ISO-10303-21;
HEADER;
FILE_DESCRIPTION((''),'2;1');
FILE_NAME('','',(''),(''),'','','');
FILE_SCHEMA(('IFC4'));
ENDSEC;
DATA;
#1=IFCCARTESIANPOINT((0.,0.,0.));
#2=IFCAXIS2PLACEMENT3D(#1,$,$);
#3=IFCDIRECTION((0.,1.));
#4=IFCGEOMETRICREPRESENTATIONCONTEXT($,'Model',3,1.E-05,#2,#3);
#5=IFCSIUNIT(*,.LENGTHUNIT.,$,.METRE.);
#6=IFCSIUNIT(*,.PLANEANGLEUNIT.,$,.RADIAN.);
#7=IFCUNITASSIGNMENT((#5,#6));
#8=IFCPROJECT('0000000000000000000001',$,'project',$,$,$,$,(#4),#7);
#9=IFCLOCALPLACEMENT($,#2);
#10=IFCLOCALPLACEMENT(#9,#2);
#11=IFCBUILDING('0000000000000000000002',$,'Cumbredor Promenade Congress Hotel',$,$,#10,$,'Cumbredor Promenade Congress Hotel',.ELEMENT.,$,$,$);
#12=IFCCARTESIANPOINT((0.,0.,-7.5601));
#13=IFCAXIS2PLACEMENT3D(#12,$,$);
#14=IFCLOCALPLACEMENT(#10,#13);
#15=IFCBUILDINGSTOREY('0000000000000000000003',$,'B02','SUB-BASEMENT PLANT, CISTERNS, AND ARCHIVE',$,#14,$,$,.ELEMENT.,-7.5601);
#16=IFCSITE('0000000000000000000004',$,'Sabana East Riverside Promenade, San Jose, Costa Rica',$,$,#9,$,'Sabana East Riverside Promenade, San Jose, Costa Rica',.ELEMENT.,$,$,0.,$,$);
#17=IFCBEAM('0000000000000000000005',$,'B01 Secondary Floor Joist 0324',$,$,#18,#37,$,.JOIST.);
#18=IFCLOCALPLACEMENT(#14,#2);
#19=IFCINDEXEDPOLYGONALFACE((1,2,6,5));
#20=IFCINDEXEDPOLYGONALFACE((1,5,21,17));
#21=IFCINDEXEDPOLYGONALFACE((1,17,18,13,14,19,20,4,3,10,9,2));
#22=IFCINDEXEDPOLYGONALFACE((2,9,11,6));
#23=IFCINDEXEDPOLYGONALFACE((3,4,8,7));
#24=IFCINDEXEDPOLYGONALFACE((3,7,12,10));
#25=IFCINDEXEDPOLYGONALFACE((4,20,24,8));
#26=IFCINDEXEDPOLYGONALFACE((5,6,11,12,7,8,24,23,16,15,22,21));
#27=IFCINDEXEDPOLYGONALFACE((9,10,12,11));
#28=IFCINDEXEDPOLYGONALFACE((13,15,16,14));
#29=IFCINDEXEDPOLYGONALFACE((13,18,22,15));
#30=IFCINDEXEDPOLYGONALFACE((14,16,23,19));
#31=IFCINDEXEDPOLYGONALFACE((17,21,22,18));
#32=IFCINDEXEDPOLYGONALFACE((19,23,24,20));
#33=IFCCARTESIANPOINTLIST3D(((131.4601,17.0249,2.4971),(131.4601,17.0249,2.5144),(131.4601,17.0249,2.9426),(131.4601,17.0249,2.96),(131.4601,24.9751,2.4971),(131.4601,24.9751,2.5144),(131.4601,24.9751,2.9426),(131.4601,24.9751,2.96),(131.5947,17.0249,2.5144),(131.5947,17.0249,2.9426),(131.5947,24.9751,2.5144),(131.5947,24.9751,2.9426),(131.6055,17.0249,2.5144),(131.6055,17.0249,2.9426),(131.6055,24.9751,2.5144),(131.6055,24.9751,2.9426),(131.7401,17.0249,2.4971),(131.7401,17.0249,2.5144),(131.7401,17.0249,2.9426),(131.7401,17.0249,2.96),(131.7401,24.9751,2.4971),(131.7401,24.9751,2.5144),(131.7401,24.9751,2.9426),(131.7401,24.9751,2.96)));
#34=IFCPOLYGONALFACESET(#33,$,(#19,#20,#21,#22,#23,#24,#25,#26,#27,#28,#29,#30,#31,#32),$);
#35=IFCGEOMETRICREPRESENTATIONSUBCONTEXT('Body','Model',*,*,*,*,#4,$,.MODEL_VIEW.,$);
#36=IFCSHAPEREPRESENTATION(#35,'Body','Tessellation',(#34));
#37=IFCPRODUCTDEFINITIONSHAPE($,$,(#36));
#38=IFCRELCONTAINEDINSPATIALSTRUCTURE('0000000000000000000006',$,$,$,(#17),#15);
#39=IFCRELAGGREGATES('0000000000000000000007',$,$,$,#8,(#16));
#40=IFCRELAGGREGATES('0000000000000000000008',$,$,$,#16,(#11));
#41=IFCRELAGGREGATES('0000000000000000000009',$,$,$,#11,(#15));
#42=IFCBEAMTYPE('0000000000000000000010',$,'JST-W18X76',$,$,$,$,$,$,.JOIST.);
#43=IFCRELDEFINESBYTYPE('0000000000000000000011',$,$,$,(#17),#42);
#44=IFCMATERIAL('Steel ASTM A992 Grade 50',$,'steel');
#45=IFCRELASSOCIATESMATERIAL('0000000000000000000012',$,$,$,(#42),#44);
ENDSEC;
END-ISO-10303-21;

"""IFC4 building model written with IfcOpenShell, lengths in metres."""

from ifc_helpers import new_model, si_unit, direction, frame, origin, origin_2d, place, context, subcontext, project, spatial, i_section, extrude, material, material_profile, profile_set, type_object, element, save


model = new_model("IFC4")

# Units and contexts
model_context = context("Model", 3, precision=1e-05, world=origin(), true_north=direction((0.0, 1.0)))
body_context = subcontext(model_context, "Body", "Model", "MODEL_VIEW")
ifc_project = project(units=[si_unit("LENGTHUNIT", "METRE"), si_unit("PLANEANGLEUNIT", "RADIAN")], contexts=[model_context])

# Site, building, storey
site_placement = place(None, origin())
site = spatial("IfcSite", under=ifc_project, at=site_placement, Name="Sabana East Riverside Promenade, San Jose, Costa Rica", LongName="Sabana East Riverside Promenade, San Jose, Costa Rica", CompositionType="ELEMENT", RefElevation=0.0)
building_placement = place(site_placement, origin())
building = spatial("IfcBuilding", under=site, at=building_placement, Name="Cumbredor Promenade Congress Hotel", LongName="Cumbredor Promenade Congress Hotel", CompositionType="ELEMENT")
storey_placement = place(building_placement, frame((0.0, 0.0, -7.5601)))
storey = spatial("IfcBuildingStorey", under=building, at=storey_placement, Name="B02", Description="SUB-BASEMENT PLANT, CISTERNS, AND ARCHIVE", CompositionType="ELEMENT", Elevation=-7.5601)

# Beam
ifc_material_1 = material(Name="Steel ASTM A992 Grade 50", Category="steel")
ifc_material_profile_1 = material_profile(ifc_material_1, i_section(OverallWidth=0.28, OverallDepth=0.4629, WebThickness=0.0107, FlangeThickness=0.0173, at=origin_2d()), Name="W18X76")
ifc_profile_set_1 = profile_set([ifc_material_profile_1], Name="Steel ASTM A992 Grade 50")
beam_type_1 = type_object("IfcBeamType", Name="JST-W18X76", PredefinedType="JOIST", material=ifc_profile_set_1)
for number, where, z_axis, x_axis, name in (
    (1, (131.6001, 17.0249, 2.7285), (0.0, 1.0, 0.0), (-1.0, 0.0, 0.0), "B01 Secondary Floor Joist 0324"),
):
    element("IfcBeam", number, at=place(storey_placement, frame(where, z_axis=z_axis, x_axis=x_axis)), inside=storey, type_object=beam_type_1, Name=name, PredefinedType="JOIST", context=body_context, shape_type="SweptSolid", body=[
        extrude(i_section(OverallWidth=0.28, OverallDepth=0.4629, WebThickness=0.0107, FlangeThickness=0.0173, at=origin_2d()), origin(), (0.0, 0.0, 1.0), 7.9502),
    ])

save(model, "model.ifc")
